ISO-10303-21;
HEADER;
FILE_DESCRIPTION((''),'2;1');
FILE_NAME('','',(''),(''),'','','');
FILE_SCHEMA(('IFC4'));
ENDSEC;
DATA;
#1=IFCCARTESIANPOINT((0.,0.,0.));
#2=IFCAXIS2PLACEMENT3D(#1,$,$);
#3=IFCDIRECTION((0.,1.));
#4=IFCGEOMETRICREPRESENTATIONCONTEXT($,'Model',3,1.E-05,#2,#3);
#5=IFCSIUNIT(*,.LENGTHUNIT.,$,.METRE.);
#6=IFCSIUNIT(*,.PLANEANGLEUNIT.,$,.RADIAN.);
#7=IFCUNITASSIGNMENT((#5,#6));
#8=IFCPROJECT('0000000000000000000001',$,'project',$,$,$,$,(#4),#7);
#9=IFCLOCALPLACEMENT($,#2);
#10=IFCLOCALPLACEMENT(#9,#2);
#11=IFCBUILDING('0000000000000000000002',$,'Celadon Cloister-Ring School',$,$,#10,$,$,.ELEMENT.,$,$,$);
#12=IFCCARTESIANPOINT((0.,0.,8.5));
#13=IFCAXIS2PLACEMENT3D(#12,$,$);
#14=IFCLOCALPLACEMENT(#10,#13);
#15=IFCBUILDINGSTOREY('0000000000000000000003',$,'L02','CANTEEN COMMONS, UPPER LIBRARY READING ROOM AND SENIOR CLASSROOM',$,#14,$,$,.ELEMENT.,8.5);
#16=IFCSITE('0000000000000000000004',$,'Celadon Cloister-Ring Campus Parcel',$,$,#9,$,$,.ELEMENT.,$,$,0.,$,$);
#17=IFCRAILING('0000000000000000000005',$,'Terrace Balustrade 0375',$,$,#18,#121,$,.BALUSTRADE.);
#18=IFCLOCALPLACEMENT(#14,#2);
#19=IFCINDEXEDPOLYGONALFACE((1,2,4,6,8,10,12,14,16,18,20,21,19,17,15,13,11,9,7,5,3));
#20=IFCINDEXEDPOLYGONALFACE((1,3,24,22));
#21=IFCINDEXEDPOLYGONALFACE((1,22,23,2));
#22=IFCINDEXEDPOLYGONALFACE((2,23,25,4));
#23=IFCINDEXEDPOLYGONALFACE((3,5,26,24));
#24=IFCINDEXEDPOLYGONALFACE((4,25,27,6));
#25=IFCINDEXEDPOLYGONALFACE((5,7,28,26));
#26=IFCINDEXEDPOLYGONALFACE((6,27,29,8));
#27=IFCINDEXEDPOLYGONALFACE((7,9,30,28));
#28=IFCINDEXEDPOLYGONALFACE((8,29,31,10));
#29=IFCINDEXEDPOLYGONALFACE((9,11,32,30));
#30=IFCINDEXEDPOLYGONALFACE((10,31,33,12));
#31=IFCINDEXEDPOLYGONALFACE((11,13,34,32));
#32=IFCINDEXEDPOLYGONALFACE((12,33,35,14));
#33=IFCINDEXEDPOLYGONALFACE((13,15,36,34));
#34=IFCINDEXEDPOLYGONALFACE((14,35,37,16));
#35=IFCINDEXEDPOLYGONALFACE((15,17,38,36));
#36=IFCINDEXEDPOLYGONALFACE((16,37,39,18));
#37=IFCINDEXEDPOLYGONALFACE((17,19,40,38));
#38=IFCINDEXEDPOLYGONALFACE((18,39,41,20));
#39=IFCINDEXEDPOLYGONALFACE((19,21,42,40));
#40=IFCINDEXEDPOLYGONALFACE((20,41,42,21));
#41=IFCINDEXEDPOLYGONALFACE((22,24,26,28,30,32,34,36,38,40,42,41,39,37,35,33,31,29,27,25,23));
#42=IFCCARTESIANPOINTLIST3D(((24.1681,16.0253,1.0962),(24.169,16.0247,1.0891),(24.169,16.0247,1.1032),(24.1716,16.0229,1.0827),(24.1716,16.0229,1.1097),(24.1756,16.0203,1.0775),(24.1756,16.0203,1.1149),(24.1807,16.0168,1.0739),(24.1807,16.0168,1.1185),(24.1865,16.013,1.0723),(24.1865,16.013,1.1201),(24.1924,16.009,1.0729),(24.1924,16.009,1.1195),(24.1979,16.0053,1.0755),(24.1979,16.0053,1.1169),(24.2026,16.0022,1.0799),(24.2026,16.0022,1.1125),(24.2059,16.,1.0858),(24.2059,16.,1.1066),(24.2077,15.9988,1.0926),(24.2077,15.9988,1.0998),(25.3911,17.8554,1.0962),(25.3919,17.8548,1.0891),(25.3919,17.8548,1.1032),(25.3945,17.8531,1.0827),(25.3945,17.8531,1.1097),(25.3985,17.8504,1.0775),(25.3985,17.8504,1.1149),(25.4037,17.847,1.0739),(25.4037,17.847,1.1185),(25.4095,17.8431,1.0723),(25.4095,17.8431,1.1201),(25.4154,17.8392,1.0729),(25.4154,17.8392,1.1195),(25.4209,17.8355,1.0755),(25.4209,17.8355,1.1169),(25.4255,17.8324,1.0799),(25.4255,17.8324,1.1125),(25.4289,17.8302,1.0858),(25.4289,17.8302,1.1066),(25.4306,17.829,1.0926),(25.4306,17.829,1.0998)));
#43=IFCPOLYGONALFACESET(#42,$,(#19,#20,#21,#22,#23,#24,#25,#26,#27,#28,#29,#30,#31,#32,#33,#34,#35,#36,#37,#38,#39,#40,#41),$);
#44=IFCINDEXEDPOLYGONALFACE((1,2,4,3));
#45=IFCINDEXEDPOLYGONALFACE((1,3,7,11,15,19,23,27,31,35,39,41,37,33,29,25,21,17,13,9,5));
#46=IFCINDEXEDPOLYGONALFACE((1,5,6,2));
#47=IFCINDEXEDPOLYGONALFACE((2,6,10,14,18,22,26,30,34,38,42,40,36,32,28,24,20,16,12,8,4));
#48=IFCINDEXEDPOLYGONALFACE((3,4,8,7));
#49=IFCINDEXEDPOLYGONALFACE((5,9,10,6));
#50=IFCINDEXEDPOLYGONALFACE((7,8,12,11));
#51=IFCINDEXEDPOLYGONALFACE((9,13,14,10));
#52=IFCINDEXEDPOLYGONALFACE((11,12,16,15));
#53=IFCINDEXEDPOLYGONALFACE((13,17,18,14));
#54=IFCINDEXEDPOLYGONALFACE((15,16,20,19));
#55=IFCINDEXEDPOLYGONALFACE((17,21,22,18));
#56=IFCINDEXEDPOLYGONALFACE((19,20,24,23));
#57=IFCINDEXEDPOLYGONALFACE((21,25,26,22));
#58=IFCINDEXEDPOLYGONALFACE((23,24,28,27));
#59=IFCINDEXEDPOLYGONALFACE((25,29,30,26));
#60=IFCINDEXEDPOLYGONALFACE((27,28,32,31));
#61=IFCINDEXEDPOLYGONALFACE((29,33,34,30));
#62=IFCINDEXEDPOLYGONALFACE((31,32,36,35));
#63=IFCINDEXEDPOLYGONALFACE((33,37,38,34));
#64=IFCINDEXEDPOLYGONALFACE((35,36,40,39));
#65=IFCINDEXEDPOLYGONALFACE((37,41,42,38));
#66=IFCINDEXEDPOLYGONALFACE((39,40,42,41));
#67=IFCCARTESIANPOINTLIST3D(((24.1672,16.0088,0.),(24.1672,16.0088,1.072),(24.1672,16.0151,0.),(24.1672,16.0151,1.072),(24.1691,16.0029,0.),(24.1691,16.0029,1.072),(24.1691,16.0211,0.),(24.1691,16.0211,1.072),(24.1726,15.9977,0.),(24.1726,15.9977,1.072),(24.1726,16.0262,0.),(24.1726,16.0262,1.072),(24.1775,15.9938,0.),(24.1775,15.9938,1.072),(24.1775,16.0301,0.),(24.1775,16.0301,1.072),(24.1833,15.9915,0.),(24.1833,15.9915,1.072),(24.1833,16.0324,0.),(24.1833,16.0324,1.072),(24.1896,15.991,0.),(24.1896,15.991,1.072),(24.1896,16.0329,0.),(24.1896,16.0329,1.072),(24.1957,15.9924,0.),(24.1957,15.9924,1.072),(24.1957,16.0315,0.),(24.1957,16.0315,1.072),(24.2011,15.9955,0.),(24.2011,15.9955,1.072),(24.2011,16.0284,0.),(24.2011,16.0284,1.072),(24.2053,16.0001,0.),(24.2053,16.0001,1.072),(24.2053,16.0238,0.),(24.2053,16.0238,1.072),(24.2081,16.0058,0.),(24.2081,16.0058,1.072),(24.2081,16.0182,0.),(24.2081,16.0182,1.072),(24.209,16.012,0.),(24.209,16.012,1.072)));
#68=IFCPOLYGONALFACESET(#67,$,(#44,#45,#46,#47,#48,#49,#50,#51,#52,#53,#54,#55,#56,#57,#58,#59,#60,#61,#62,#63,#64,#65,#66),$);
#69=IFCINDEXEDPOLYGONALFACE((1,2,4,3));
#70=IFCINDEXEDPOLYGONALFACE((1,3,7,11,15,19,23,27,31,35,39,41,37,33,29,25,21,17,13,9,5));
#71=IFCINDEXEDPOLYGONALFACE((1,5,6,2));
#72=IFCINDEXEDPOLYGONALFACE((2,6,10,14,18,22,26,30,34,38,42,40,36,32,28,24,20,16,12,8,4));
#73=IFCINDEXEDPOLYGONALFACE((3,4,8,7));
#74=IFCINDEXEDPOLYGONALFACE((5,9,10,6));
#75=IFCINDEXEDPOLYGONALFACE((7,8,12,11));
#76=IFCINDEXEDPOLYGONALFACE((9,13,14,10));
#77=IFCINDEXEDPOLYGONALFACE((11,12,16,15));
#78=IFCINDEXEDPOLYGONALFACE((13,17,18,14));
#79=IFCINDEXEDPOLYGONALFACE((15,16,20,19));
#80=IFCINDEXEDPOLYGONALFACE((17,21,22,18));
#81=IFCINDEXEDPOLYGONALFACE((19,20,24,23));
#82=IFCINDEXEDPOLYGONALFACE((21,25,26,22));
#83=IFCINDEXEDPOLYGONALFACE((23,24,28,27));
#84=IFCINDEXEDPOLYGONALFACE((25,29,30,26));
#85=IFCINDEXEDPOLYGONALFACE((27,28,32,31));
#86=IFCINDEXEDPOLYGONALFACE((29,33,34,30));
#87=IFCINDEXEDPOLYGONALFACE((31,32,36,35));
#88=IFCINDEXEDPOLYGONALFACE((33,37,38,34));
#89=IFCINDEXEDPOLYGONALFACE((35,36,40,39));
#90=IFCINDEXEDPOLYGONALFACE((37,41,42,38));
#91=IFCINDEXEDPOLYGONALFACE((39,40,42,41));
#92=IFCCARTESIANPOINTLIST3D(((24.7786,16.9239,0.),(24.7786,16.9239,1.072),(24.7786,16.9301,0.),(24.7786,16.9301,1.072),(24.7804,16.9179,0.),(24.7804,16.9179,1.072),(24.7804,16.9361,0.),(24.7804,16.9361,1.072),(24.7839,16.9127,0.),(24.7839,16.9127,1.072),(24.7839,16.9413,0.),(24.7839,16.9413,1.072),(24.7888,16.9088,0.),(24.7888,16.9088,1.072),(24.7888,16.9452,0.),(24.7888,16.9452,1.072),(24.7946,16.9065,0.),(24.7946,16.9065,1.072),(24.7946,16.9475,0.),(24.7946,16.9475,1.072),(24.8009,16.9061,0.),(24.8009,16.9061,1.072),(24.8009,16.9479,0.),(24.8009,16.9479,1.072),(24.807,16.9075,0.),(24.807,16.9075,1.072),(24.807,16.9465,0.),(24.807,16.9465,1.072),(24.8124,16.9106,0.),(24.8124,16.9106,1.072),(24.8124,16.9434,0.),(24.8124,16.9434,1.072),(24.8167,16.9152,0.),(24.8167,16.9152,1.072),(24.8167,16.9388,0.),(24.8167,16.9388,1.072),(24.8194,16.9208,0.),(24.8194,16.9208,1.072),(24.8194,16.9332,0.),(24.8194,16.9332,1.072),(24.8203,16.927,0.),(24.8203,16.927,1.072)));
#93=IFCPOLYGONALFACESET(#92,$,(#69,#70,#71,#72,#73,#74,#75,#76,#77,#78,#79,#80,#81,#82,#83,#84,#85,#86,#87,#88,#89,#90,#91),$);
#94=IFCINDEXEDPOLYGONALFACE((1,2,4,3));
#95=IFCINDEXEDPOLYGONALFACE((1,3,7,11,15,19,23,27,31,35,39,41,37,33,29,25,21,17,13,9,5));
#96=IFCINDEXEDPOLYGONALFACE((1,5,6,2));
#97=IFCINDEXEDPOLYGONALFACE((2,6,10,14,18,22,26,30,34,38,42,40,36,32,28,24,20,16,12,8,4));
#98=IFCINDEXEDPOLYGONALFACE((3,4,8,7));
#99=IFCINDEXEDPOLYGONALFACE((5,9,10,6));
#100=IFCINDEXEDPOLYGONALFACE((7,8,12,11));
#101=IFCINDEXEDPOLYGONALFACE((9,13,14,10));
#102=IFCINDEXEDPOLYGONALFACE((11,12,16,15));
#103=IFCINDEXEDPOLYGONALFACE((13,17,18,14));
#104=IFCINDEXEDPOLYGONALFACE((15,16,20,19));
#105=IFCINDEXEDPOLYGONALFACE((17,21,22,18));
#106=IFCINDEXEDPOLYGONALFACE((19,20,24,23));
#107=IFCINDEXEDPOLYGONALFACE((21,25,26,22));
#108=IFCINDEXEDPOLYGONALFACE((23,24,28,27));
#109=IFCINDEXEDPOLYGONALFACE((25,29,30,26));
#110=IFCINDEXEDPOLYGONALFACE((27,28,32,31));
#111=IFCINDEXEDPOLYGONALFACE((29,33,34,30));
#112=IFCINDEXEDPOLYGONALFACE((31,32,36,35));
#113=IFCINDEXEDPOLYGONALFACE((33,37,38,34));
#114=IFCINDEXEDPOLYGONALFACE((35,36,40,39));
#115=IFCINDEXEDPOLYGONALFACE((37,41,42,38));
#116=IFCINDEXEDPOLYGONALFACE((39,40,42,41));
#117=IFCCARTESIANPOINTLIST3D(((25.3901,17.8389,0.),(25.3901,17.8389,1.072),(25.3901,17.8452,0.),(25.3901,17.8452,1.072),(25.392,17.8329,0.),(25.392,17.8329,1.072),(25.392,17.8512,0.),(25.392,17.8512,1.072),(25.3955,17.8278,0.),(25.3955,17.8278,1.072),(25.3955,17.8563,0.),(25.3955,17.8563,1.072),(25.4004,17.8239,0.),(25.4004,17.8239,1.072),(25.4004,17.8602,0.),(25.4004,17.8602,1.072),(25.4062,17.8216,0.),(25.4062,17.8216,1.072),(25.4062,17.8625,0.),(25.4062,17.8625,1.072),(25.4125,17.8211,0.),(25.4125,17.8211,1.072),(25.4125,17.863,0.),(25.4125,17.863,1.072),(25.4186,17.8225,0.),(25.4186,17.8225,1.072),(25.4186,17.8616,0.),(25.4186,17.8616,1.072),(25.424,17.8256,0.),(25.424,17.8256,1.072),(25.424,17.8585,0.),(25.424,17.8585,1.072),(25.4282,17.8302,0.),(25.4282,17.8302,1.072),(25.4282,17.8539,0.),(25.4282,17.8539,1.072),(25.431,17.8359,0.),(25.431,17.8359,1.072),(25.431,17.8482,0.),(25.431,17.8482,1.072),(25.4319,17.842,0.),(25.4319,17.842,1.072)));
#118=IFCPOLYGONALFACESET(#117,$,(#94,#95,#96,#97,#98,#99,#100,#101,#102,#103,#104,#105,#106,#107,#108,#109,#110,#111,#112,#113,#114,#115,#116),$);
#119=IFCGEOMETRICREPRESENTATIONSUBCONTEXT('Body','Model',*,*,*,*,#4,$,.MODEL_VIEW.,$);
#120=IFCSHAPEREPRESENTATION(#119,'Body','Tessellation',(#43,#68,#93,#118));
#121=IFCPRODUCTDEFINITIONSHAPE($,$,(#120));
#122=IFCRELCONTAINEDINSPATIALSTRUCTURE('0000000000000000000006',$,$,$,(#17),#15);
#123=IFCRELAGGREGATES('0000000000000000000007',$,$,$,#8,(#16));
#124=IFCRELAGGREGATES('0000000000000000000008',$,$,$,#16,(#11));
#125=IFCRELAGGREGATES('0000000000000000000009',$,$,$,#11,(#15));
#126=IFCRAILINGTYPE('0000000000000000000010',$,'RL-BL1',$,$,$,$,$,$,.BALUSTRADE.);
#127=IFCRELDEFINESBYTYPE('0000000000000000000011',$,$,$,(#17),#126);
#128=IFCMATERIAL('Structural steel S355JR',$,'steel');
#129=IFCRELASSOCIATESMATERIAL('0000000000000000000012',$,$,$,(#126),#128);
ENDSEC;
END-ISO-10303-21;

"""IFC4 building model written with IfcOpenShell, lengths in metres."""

from ifc_helpers import new_model, si_unit, direction, frame, origin, origin_2d, place, context, subcontext, project, spatial, circle, extrude, material, type_object, element, save


model = new_model("IFC4")

# Units and contexts
model_context = context("Model", 3, precision=1e-05, world=origin(), true_north=direction((0.0, 1.0)))
body_context = subcontext(model_context, "Body", "Model", "MODEL_VIEW")
ifc_project = project(units=[si_unit("LENGTHUNIT", "METRE"), si_unit("PLANEANGLEUNIT", "RADIAN")], contexts=[model_context])

# Site, building, storey
site_placement = place(None, origin())
site = spatial("IfcSite", under=ifc_project, at=site_placement, Name="Celadon Cloister-Ring Campus Parcel", CompositionType="ELEMENT", RefElevation=0.0)
building_placement = place(site_placement, origin())
building = spatial("IfcBuilding", under=site, at=building_placement, Name="Celadon Cloister-Ring School", CompositionType="ELEMENT")
storey_placement = place(building_placement, frame((0.0, 0.0, 8.5)))
storey = spatial("IfcBuildingStorey", under=building, at=storey_placement, Name="L02", Description="CANTEEN COMMONS, UPPER LIBRARY READING ROOM AND SENIOR CLASSROOM", CompositionType="ELEMENT", Elevation=8.5)

# Railing
ifc_material_1 = material(Name="Structural steel S355JR", Category="steel")
railing_type = type_object("IfcRailingType", Name="RL-BL1", PredefinedType="BALUSTRADE", material=ifc_material_1)
railing_1_placement = place(storey_placement, frame((24.188, 16.012, 0.0)))
element("IfcRailing", 1, at=railing_1_placement, inside=storey, type_object=railing_type, Name="Terrace Balustrade 0375", PredefinedType="BALUSTRADE", context=body_context, shape_type="SweptSolid", body=[
    extrude(circle(Radius=0.0239, at=origin_2d()), frame((0.0, 0.0, 1.0962), z_axis=(0.555596, 0.831453, 0.0), x_axis=(-0.831453, 0.555596, 0.0)), (0.0, 0.0, 1.0), 2.2012),
    extrude(circle(Radius=0.021, at=origin_2d()), origin(), (0.0, 0.0, 1.0), 1.072),
    extrude(circle(Radius=0.021, at=origin_2d()), frame((0.6113, 0.915, 0.0)), (0.0, 0.0, 1.0), 1.072),
    extrude(circle(Radius=0.021, at=origin_2d()), frame((1.2229, 1.8301, 0.0)), (0.0, 0.0, 1.0), 1.072),
])

save(model, "model.ifc")
